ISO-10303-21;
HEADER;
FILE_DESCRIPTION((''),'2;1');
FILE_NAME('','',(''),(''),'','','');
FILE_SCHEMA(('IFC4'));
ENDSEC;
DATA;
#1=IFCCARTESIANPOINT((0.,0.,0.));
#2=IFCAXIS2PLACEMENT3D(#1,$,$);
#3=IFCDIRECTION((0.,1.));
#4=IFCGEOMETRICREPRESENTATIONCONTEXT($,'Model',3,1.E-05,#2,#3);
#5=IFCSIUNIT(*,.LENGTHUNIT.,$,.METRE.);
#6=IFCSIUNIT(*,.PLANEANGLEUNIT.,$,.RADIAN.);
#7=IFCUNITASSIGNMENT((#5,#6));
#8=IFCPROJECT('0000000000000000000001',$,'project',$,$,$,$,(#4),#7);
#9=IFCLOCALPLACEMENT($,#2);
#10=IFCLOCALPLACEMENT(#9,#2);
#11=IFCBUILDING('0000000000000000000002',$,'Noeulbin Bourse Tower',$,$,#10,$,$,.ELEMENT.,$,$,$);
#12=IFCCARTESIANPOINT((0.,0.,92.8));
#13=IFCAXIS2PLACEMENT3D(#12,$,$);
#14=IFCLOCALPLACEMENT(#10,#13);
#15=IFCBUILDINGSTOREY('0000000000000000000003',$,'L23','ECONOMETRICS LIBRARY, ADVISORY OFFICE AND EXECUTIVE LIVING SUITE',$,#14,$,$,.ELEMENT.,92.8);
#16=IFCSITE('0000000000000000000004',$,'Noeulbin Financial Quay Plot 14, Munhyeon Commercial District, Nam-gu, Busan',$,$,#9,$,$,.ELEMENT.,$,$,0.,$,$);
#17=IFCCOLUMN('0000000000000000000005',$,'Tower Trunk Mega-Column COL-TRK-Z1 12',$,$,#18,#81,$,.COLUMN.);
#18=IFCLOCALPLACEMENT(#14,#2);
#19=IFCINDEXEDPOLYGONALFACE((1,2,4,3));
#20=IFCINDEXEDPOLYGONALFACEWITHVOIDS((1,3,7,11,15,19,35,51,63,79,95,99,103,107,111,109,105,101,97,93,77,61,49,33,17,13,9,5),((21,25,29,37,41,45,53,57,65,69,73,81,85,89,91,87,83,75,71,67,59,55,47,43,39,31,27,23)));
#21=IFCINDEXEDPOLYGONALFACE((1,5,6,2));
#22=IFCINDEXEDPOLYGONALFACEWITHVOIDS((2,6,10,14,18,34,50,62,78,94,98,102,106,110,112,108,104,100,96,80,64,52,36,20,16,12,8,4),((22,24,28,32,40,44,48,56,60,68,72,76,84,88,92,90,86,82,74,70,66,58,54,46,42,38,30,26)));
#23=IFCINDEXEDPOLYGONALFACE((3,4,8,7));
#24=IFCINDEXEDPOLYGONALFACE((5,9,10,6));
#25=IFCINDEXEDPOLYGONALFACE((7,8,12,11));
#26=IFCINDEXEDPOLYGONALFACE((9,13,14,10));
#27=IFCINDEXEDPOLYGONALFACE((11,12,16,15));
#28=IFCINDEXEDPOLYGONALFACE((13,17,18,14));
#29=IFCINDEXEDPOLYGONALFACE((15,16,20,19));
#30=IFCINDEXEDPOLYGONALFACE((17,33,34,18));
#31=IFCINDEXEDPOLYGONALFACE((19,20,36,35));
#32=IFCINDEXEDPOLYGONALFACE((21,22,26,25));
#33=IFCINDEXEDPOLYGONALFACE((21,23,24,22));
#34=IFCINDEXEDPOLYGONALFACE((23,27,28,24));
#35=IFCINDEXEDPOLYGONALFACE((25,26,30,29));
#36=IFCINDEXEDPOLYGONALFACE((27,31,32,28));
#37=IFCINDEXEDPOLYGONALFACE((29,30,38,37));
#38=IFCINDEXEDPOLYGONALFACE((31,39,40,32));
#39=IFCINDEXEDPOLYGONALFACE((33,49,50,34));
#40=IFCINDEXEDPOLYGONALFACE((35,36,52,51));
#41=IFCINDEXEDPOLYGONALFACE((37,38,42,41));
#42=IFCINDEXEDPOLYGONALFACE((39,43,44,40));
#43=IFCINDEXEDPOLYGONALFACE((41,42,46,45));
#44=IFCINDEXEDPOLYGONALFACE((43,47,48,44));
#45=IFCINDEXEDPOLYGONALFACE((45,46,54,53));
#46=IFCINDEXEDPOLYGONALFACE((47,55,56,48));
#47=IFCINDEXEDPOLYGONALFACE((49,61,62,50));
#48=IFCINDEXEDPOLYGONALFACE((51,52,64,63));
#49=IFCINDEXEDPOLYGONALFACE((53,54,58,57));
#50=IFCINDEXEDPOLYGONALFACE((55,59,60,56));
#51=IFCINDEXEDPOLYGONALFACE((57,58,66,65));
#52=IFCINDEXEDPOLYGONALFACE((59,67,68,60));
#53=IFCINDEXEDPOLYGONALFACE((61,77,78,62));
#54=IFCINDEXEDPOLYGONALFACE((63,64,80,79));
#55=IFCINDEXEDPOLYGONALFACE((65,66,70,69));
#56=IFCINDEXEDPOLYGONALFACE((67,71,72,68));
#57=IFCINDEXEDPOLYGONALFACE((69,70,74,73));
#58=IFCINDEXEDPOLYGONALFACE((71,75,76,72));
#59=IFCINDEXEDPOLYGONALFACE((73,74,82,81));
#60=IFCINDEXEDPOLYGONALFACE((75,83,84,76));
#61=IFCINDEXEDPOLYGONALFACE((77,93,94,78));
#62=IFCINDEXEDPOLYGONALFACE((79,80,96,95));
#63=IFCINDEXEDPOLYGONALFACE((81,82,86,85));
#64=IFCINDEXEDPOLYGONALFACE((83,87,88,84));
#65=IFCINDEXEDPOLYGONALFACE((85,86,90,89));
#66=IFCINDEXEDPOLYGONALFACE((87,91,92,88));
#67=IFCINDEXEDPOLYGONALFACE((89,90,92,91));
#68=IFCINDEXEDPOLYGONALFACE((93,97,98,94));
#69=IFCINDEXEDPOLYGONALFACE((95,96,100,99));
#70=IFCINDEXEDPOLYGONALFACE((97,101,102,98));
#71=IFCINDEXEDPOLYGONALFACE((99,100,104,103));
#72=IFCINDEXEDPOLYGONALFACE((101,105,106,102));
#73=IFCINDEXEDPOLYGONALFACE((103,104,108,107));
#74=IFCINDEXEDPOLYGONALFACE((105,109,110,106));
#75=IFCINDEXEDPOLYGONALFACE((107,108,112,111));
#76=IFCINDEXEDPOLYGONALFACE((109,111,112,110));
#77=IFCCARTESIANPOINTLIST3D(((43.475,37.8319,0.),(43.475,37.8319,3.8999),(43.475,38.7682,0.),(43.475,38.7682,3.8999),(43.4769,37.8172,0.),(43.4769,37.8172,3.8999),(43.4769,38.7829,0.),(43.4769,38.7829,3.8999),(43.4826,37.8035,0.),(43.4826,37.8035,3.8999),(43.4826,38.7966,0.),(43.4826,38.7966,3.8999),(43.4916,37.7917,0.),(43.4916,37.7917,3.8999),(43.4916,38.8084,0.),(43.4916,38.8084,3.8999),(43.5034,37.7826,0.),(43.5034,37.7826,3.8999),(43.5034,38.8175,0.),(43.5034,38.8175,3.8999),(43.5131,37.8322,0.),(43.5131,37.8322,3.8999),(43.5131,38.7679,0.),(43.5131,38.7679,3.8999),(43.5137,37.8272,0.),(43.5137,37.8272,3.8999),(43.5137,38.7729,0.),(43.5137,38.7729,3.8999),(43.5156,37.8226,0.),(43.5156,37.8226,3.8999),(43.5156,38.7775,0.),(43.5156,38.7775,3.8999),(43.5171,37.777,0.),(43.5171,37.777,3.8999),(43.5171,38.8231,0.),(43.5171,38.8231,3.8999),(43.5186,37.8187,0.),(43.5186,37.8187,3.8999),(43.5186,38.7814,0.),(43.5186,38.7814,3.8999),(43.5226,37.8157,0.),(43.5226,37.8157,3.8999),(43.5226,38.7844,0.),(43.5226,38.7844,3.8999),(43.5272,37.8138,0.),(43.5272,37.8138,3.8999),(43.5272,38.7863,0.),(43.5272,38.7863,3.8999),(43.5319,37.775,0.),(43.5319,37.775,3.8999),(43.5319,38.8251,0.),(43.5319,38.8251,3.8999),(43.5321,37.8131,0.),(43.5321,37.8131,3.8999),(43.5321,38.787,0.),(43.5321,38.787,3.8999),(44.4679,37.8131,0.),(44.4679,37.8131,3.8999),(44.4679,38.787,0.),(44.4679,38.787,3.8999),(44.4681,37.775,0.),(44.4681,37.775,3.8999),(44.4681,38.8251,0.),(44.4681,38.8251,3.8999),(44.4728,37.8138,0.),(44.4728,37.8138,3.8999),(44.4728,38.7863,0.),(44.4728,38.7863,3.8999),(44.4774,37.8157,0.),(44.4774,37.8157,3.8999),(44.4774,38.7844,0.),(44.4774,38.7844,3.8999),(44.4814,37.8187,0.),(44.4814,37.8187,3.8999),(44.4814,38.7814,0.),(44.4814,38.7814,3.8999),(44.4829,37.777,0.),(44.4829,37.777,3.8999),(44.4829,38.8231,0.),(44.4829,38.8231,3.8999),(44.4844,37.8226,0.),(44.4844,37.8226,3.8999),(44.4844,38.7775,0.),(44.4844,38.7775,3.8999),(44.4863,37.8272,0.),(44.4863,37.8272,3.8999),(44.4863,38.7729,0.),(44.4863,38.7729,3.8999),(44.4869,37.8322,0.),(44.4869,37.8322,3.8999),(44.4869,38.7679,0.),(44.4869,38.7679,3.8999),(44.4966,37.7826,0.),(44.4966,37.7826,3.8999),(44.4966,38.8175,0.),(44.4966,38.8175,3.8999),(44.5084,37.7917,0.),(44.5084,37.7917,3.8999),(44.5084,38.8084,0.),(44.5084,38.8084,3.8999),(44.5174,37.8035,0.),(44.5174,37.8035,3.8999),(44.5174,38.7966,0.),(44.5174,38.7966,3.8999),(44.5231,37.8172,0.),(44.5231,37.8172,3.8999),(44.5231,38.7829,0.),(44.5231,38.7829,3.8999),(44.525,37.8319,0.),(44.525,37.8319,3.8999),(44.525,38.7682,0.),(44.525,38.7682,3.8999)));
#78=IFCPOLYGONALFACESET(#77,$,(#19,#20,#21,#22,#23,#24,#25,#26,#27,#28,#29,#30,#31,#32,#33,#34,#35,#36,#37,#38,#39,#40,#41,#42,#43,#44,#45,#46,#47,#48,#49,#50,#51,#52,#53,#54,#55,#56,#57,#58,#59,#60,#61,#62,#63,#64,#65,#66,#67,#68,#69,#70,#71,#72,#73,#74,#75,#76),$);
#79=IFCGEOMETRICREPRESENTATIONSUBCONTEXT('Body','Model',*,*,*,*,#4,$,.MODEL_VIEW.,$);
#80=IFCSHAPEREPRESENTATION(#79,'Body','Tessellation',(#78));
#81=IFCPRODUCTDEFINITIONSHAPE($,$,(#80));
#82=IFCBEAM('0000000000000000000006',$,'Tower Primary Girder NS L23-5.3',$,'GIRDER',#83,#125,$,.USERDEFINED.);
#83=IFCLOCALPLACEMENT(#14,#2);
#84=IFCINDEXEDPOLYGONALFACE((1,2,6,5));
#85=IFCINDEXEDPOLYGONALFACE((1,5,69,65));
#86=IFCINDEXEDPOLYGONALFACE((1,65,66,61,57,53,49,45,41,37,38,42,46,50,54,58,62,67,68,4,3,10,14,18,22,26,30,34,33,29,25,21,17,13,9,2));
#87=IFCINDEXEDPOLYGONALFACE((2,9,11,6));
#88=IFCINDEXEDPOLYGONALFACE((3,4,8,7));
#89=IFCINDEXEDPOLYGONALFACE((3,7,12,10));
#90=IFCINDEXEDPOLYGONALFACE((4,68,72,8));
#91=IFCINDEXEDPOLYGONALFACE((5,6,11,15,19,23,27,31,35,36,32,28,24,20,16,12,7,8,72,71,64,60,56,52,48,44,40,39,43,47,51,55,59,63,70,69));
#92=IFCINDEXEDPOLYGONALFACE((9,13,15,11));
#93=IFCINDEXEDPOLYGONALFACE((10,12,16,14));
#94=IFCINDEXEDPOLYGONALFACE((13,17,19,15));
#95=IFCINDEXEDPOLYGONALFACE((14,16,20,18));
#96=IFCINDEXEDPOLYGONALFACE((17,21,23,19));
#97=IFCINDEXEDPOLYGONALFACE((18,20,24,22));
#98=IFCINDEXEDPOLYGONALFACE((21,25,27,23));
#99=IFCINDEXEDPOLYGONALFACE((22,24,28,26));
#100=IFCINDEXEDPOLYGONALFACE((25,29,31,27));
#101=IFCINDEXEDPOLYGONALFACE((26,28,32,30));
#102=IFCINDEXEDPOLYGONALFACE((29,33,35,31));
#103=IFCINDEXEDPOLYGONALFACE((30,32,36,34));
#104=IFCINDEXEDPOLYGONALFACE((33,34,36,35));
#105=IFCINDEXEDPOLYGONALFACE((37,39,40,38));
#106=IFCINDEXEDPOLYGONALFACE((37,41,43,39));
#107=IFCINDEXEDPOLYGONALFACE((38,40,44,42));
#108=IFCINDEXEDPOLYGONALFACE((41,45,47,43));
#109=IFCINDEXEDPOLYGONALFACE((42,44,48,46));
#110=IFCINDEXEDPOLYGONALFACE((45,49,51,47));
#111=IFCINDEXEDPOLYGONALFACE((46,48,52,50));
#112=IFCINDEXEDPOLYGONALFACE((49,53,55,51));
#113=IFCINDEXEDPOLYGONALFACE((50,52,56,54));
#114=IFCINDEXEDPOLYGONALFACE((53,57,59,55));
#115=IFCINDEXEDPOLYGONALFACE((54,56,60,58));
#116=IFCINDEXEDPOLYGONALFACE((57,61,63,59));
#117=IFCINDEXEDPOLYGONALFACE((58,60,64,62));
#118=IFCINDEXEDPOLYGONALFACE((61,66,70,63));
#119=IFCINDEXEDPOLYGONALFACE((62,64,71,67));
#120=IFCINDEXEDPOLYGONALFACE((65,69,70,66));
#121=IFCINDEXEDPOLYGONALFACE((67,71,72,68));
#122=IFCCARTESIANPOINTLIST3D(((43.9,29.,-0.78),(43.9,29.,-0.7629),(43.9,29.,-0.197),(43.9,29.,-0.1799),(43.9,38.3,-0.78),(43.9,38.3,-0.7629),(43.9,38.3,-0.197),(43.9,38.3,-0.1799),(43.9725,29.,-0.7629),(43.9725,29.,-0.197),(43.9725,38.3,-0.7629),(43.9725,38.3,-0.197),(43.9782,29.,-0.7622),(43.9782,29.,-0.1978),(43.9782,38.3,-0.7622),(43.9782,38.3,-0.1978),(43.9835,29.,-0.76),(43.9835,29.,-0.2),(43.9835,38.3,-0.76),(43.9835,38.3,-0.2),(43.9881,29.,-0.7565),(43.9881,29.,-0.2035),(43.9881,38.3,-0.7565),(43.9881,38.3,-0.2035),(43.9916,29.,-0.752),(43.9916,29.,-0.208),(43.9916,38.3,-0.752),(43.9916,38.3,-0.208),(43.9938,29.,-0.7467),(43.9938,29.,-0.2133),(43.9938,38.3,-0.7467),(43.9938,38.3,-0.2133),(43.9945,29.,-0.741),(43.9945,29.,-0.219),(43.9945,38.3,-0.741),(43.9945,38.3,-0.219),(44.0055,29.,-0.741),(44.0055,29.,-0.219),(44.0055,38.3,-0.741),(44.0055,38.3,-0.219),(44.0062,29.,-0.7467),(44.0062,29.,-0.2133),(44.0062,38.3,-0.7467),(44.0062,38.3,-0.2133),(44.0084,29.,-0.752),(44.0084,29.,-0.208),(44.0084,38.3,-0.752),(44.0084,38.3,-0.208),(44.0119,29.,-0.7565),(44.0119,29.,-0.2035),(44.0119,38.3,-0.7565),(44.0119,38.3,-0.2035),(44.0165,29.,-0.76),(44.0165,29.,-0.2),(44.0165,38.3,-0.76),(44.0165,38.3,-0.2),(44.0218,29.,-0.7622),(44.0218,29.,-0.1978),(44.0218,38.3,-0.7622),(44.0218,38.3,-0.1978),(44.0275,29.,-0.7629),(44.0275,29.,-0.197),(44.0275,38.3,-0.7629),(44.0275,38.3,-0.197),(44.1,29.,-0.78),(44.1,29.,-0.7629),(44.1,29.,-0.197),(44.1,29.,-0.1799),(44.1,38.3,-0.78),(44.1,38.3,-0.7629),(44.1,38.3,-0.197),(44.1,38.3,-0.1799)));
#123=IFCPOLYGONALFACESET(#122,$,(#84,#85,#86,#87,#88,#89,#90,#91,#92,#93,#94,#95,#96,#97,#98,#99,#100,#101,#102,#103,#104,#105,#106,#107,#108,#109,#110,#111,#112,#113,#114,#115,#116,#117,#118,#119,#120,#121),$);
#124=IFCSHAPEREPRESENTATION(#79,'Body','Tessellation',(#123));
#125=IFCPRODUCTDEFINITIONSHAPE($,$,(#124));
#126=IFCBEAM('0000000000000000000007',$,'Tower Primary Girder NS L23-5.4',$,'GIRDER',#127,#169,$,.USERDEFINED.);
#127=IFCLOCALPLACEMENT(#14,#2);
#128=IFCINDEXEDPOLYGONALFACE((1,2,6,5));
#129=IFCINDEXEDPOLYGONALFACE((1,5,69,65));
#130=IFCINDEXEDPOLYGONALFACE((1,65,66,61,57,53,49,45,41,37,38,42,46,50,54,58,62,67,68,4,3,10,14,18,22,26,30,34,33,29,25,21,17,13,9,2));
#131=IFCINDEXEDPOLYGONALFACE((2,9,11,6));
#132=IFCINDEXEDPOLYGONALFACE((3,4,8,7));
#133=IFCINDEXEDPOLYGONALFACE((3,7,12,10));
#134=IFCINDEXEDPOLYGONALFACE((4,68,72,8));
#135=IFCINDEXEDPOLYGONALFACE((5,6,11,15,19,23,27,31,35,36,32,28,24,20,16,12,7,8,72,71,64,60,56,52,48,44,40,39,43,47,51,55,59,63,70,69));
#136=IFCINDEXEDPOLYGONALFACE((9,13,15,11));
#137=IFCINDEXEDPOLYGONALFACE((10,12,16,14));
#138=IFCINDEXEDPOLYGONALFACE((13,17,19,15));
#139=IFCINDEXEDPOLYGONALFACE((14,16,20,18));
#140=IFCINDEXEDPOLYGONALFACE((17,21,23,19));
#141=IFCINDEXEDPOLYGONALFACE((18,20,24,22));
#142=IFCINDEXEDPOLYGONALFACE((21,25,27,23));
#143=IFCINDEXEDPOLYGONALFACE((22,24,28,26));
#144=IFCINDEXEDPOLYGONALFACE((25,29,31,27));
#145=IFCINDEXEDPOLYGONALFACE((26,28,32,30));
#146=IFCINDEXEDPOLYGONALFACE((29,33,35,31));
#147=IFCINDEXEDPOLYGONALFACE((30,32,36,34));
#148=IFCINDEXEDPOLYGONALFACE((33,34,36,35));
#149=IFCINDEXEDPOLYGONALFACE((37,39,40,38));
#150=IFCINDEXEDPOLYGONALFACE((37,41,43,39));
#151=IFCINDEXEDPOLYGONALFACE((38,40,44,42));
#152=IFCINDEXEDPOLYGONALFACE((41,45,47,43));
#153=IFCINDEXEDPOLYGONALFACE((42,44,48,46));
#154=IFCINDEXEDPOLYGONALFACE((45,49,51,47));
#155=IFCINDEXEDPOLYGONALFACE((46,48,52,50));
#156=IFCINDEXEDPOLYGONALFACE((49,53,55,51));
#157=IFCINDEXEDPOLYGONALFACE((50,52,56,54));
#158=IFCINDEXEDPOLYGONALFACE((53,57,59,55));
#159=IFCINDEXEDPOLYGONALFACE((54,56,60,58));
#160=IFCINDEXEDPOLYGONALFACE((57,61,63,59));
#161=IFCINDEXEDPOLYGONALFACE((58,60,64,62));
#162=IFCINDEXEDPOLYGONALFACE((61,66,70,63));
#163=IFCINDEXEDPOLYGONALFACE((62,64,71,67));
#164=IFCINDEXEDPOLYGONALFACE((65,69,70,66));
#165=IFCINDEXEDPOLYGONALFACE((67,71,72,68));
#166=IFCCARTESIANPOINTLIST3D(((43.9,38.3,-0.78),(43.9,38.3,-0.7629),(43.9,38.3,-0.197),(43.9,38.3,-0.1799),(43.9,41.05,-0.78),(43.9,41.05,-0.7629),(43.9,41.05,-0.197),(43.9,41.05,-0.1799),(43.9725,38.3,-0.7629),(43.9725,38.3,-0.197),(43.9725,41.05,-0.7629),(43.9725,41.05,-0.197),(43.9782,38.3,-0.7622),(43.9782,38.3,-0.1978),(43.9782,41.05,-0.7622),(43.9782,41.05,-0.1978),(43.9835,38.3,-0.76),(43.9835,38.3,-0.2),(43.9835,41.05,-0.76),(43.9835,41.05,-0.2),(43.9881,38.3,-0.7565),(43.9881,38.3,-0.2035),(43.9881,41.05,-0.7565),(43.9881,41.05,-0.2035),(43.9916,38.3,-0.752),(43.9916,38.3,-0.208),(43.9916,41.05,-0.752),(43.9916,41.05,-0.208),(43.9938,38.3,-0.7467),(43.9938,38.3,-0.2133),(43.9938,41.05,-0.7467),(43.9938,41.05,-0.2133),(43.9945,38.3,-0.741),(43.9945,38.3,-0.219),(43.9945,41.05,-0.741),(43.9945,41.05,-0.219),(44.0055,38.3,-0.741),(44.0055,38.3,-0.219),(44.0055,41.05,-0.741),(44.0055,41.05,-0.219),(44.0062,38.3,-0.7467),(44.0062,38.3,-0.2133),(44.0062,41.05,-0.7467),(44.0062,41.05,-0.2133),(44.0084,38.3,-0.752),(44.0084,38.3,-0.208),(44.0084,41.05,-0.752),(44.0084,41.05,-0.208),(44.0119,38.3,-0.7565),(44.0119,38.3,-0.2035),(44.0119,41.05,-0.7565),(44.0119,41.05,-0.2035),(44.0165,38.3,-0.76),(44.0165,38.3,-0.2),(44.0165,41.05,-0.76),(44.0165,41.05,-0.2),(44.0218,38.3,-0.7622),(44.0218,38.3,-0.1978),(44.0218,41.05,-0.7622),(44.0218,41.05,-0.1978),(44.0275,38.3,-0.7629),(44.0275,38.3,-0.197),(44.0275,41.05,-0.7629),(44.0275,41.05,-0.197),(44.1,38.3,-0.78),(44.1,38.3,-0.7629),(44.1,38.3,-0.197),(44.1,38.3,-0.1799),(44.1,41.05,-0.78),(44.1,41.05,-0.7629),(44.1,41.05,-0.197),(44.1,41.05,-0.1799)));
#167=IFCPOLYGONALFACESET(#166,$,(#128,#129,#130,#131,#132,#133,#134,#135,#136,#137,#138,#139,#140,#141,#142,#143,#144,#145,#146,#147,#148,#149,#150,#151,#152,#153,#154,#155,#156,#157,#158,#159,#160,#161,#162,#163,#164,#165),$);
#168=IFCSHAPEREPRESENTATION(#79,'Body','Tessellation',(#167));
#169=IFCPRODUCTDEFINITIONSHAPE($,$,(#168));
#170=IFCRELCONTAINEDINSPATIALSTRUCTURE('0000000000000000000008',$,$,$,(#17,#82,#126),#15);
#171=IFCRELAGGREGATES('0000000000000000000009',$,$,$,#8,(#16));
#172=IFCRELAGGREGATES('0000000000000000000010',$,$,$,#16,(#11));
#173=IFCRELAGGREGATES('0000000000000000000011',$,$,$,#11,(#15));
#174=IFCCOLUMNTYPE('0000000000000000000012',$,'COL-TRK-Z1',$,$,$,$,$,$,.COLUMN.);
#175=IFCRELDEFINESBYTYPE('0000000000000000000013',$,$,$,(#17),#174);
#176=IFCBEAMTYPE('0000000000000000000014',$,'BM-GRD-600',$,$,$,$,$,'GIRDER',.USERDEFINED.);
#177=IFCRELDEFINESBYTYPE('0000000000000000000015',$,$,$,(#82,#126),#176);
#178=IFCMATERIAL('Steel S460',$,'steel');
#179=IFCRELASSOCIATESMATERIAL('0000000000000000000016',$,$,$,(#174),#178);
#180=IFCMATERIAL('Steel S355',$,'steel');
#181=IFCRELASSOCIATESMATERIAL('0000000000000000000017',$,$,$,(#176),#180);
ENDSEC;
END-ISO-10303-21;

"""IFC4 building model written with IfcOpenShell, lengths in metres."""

from ifc_helpers import new_model, si_unit, direction, frame, origin, origin_2d, place, context, subcontext, project, spatial, hollow_rectangle, i_section, extrude, material, material_profile, profile_set, type_object, element, save


model = new_model("IFC4")

# Units and contexts
model_context = context("Model", 3, precision=1e-05, world=origin(), true_north=direction((0.0, 1.0)))
body_context = subcontext(model_context, "Body", "Model", "MODEL_VIEW")
ifc_project = project(units=[si_unit("LENGTHUNIT", "METRE"), si_unit("PLANEANGLEUNIT", "RADIAN")], contexts=[model_context])

# Site, building, storey
site_placement = place(None, origin())
site = spatial("IfcSite", under=ifc_project, at=site_placement, Name="Noeulbin Financial Quay Plot 14, Munhyeon Commercial District, Nam-gu, Busan", CompositionType="ELEMENT", RefElevation=0.0)
building_placement = place(site_placement, origin())
building = spatial("IfcBuilding", under=site, at=building_placement, Name="Noeulbin Bourse Tower", CompositionType="ELEMENT")
storey_placement = place(building_placement, frame((0.0, 0.0, 92.8)))
storey = spatial("IfcBuildingStorey", under=building, at=storey_placement, Name="L23", Description="ECONOMETRICS LIBRARY, ADVISORY OFFICE AND EXECUTIVE LIVING SUITE", CompositionType="ELEMENT", Elevation=92.8)

# Column
ifc_material_1 = material(Name="Steel S460", Category="steel")
ifc_material_profile_1 = material_profile(ifc_material_1, hollow_rectangle(XDim=1.05, YDim=1.05, WallThickness=0.0381, InnerFilletRadius=0.019, OuterFilletRadius=0.0569, at=origin_2d()), Name="BOX-1050x1050x38", Category="LoadBearing")
ifc_profile_set_1 = profile_set([ifc_material_profile_1], Name="Steel S460")
column_type_1 = type_object("IfcColumnType", Name="COL-TRK-Z1", PredefinedType="COLUMN", material=ifc_profile_set_1)
for number, where, z_axis, x_axis, name in (
    (1, (44.0, 38.3, 0.0), (0.0, 0.0, 1.0), (1.0, 0.0, 0.0), "Tower Trunk Mega-Column COL-TRK-Z1 12"),
):
    element("IfcColumn", number, at=place(storey_placement, frame(where, z_axis=z_axis, x_axis=x_axis)), inside=storey, type_object=column_type_1, Name=name, PredefinedType="COLUMN", context=body_context, shape_type="SweptSolid", body=[
        extrude(hollow_rectangle(XDim=1.05, YDim=1.05, WallThickness=0.0381, InnerFilletRadius=0.019, OuterFilletRadius=0.0569, at=origin_2d()), origin(), (0.0, 0.0, 1.0), 3.8999),
    ])

# Beams
ifc_material_2 = material(Name="Steel S355", Category="steel")
ifc_material_profile_2 = material_profile(ifc_material_2, i_section(OverallWidth=0.2, OverallDepth=0.6001, WebThickness=0.011, FlangeThickness=0.0171, FilletRadius=0.022, at=origin_2d()), Name="H-600x200x11x17", Category="LoadBearing")
ifc_profile_set_2 = profile_set([ifc_material_profile_2], Name="Steel S355")
beam_type_1 = type_object("IfcBeamType", Name="BM-GRD-600", ElementType="GIRDER", PredefinedType="USERDEFINED", material=ifc_profile_set_2)
beam_1_placement = place(storey_placement, frame((44.0, 29.0, -0.48), z_axis=(0.0, 1.0, 0.0), x_axis=(-1.0, 0.0, 0.0)))
element("IfcBeam", 2, at=beam_1_placement, inside=storey, type_object=beam_type_1, Name="Tower Primary Girder NS L23-5.3", ObjectType="GIRDER", PredefinedType="USERDEFINED", context=body_context, shape_type="SweptSolid", body=[
    extrude(i_section(OverallWidth=0.2, OverallDepth=0.6001, WebThickness=0.011, FlangeThickness=0.0171, FilletRadius=0.022, at=origin_2d()), origin(), (0.0, 0.0, 1.0), 9.3),
])
beam_2_placement = place(storey_placement, frame((44.0, 38.3, -0.48), z_axis=(0.0, 1.0, 0.0), x_axis=(-1.0, 0.0, 0.0)))
element("IfcBeam", 3, at=beam_2_placement, inside=storey, type_object=beam_type_1, Name="Tower Primary Girder NS L23-5.4", ObjectType="GIRDER", PredefinedType="USERDEFINED", context=body_context, shape_type="SweptSolid", body=[
    extrude(i_section(OverallWidth=0.2, OverallDepth=0.6001, WebThickness=0.011, FlangeThickness=0.0171, FilletRadius=0.022, at=origin_2d()), origin(), (0.0, 0.0, 1.0), 2.75),
])

save(model, "model.ifc")
